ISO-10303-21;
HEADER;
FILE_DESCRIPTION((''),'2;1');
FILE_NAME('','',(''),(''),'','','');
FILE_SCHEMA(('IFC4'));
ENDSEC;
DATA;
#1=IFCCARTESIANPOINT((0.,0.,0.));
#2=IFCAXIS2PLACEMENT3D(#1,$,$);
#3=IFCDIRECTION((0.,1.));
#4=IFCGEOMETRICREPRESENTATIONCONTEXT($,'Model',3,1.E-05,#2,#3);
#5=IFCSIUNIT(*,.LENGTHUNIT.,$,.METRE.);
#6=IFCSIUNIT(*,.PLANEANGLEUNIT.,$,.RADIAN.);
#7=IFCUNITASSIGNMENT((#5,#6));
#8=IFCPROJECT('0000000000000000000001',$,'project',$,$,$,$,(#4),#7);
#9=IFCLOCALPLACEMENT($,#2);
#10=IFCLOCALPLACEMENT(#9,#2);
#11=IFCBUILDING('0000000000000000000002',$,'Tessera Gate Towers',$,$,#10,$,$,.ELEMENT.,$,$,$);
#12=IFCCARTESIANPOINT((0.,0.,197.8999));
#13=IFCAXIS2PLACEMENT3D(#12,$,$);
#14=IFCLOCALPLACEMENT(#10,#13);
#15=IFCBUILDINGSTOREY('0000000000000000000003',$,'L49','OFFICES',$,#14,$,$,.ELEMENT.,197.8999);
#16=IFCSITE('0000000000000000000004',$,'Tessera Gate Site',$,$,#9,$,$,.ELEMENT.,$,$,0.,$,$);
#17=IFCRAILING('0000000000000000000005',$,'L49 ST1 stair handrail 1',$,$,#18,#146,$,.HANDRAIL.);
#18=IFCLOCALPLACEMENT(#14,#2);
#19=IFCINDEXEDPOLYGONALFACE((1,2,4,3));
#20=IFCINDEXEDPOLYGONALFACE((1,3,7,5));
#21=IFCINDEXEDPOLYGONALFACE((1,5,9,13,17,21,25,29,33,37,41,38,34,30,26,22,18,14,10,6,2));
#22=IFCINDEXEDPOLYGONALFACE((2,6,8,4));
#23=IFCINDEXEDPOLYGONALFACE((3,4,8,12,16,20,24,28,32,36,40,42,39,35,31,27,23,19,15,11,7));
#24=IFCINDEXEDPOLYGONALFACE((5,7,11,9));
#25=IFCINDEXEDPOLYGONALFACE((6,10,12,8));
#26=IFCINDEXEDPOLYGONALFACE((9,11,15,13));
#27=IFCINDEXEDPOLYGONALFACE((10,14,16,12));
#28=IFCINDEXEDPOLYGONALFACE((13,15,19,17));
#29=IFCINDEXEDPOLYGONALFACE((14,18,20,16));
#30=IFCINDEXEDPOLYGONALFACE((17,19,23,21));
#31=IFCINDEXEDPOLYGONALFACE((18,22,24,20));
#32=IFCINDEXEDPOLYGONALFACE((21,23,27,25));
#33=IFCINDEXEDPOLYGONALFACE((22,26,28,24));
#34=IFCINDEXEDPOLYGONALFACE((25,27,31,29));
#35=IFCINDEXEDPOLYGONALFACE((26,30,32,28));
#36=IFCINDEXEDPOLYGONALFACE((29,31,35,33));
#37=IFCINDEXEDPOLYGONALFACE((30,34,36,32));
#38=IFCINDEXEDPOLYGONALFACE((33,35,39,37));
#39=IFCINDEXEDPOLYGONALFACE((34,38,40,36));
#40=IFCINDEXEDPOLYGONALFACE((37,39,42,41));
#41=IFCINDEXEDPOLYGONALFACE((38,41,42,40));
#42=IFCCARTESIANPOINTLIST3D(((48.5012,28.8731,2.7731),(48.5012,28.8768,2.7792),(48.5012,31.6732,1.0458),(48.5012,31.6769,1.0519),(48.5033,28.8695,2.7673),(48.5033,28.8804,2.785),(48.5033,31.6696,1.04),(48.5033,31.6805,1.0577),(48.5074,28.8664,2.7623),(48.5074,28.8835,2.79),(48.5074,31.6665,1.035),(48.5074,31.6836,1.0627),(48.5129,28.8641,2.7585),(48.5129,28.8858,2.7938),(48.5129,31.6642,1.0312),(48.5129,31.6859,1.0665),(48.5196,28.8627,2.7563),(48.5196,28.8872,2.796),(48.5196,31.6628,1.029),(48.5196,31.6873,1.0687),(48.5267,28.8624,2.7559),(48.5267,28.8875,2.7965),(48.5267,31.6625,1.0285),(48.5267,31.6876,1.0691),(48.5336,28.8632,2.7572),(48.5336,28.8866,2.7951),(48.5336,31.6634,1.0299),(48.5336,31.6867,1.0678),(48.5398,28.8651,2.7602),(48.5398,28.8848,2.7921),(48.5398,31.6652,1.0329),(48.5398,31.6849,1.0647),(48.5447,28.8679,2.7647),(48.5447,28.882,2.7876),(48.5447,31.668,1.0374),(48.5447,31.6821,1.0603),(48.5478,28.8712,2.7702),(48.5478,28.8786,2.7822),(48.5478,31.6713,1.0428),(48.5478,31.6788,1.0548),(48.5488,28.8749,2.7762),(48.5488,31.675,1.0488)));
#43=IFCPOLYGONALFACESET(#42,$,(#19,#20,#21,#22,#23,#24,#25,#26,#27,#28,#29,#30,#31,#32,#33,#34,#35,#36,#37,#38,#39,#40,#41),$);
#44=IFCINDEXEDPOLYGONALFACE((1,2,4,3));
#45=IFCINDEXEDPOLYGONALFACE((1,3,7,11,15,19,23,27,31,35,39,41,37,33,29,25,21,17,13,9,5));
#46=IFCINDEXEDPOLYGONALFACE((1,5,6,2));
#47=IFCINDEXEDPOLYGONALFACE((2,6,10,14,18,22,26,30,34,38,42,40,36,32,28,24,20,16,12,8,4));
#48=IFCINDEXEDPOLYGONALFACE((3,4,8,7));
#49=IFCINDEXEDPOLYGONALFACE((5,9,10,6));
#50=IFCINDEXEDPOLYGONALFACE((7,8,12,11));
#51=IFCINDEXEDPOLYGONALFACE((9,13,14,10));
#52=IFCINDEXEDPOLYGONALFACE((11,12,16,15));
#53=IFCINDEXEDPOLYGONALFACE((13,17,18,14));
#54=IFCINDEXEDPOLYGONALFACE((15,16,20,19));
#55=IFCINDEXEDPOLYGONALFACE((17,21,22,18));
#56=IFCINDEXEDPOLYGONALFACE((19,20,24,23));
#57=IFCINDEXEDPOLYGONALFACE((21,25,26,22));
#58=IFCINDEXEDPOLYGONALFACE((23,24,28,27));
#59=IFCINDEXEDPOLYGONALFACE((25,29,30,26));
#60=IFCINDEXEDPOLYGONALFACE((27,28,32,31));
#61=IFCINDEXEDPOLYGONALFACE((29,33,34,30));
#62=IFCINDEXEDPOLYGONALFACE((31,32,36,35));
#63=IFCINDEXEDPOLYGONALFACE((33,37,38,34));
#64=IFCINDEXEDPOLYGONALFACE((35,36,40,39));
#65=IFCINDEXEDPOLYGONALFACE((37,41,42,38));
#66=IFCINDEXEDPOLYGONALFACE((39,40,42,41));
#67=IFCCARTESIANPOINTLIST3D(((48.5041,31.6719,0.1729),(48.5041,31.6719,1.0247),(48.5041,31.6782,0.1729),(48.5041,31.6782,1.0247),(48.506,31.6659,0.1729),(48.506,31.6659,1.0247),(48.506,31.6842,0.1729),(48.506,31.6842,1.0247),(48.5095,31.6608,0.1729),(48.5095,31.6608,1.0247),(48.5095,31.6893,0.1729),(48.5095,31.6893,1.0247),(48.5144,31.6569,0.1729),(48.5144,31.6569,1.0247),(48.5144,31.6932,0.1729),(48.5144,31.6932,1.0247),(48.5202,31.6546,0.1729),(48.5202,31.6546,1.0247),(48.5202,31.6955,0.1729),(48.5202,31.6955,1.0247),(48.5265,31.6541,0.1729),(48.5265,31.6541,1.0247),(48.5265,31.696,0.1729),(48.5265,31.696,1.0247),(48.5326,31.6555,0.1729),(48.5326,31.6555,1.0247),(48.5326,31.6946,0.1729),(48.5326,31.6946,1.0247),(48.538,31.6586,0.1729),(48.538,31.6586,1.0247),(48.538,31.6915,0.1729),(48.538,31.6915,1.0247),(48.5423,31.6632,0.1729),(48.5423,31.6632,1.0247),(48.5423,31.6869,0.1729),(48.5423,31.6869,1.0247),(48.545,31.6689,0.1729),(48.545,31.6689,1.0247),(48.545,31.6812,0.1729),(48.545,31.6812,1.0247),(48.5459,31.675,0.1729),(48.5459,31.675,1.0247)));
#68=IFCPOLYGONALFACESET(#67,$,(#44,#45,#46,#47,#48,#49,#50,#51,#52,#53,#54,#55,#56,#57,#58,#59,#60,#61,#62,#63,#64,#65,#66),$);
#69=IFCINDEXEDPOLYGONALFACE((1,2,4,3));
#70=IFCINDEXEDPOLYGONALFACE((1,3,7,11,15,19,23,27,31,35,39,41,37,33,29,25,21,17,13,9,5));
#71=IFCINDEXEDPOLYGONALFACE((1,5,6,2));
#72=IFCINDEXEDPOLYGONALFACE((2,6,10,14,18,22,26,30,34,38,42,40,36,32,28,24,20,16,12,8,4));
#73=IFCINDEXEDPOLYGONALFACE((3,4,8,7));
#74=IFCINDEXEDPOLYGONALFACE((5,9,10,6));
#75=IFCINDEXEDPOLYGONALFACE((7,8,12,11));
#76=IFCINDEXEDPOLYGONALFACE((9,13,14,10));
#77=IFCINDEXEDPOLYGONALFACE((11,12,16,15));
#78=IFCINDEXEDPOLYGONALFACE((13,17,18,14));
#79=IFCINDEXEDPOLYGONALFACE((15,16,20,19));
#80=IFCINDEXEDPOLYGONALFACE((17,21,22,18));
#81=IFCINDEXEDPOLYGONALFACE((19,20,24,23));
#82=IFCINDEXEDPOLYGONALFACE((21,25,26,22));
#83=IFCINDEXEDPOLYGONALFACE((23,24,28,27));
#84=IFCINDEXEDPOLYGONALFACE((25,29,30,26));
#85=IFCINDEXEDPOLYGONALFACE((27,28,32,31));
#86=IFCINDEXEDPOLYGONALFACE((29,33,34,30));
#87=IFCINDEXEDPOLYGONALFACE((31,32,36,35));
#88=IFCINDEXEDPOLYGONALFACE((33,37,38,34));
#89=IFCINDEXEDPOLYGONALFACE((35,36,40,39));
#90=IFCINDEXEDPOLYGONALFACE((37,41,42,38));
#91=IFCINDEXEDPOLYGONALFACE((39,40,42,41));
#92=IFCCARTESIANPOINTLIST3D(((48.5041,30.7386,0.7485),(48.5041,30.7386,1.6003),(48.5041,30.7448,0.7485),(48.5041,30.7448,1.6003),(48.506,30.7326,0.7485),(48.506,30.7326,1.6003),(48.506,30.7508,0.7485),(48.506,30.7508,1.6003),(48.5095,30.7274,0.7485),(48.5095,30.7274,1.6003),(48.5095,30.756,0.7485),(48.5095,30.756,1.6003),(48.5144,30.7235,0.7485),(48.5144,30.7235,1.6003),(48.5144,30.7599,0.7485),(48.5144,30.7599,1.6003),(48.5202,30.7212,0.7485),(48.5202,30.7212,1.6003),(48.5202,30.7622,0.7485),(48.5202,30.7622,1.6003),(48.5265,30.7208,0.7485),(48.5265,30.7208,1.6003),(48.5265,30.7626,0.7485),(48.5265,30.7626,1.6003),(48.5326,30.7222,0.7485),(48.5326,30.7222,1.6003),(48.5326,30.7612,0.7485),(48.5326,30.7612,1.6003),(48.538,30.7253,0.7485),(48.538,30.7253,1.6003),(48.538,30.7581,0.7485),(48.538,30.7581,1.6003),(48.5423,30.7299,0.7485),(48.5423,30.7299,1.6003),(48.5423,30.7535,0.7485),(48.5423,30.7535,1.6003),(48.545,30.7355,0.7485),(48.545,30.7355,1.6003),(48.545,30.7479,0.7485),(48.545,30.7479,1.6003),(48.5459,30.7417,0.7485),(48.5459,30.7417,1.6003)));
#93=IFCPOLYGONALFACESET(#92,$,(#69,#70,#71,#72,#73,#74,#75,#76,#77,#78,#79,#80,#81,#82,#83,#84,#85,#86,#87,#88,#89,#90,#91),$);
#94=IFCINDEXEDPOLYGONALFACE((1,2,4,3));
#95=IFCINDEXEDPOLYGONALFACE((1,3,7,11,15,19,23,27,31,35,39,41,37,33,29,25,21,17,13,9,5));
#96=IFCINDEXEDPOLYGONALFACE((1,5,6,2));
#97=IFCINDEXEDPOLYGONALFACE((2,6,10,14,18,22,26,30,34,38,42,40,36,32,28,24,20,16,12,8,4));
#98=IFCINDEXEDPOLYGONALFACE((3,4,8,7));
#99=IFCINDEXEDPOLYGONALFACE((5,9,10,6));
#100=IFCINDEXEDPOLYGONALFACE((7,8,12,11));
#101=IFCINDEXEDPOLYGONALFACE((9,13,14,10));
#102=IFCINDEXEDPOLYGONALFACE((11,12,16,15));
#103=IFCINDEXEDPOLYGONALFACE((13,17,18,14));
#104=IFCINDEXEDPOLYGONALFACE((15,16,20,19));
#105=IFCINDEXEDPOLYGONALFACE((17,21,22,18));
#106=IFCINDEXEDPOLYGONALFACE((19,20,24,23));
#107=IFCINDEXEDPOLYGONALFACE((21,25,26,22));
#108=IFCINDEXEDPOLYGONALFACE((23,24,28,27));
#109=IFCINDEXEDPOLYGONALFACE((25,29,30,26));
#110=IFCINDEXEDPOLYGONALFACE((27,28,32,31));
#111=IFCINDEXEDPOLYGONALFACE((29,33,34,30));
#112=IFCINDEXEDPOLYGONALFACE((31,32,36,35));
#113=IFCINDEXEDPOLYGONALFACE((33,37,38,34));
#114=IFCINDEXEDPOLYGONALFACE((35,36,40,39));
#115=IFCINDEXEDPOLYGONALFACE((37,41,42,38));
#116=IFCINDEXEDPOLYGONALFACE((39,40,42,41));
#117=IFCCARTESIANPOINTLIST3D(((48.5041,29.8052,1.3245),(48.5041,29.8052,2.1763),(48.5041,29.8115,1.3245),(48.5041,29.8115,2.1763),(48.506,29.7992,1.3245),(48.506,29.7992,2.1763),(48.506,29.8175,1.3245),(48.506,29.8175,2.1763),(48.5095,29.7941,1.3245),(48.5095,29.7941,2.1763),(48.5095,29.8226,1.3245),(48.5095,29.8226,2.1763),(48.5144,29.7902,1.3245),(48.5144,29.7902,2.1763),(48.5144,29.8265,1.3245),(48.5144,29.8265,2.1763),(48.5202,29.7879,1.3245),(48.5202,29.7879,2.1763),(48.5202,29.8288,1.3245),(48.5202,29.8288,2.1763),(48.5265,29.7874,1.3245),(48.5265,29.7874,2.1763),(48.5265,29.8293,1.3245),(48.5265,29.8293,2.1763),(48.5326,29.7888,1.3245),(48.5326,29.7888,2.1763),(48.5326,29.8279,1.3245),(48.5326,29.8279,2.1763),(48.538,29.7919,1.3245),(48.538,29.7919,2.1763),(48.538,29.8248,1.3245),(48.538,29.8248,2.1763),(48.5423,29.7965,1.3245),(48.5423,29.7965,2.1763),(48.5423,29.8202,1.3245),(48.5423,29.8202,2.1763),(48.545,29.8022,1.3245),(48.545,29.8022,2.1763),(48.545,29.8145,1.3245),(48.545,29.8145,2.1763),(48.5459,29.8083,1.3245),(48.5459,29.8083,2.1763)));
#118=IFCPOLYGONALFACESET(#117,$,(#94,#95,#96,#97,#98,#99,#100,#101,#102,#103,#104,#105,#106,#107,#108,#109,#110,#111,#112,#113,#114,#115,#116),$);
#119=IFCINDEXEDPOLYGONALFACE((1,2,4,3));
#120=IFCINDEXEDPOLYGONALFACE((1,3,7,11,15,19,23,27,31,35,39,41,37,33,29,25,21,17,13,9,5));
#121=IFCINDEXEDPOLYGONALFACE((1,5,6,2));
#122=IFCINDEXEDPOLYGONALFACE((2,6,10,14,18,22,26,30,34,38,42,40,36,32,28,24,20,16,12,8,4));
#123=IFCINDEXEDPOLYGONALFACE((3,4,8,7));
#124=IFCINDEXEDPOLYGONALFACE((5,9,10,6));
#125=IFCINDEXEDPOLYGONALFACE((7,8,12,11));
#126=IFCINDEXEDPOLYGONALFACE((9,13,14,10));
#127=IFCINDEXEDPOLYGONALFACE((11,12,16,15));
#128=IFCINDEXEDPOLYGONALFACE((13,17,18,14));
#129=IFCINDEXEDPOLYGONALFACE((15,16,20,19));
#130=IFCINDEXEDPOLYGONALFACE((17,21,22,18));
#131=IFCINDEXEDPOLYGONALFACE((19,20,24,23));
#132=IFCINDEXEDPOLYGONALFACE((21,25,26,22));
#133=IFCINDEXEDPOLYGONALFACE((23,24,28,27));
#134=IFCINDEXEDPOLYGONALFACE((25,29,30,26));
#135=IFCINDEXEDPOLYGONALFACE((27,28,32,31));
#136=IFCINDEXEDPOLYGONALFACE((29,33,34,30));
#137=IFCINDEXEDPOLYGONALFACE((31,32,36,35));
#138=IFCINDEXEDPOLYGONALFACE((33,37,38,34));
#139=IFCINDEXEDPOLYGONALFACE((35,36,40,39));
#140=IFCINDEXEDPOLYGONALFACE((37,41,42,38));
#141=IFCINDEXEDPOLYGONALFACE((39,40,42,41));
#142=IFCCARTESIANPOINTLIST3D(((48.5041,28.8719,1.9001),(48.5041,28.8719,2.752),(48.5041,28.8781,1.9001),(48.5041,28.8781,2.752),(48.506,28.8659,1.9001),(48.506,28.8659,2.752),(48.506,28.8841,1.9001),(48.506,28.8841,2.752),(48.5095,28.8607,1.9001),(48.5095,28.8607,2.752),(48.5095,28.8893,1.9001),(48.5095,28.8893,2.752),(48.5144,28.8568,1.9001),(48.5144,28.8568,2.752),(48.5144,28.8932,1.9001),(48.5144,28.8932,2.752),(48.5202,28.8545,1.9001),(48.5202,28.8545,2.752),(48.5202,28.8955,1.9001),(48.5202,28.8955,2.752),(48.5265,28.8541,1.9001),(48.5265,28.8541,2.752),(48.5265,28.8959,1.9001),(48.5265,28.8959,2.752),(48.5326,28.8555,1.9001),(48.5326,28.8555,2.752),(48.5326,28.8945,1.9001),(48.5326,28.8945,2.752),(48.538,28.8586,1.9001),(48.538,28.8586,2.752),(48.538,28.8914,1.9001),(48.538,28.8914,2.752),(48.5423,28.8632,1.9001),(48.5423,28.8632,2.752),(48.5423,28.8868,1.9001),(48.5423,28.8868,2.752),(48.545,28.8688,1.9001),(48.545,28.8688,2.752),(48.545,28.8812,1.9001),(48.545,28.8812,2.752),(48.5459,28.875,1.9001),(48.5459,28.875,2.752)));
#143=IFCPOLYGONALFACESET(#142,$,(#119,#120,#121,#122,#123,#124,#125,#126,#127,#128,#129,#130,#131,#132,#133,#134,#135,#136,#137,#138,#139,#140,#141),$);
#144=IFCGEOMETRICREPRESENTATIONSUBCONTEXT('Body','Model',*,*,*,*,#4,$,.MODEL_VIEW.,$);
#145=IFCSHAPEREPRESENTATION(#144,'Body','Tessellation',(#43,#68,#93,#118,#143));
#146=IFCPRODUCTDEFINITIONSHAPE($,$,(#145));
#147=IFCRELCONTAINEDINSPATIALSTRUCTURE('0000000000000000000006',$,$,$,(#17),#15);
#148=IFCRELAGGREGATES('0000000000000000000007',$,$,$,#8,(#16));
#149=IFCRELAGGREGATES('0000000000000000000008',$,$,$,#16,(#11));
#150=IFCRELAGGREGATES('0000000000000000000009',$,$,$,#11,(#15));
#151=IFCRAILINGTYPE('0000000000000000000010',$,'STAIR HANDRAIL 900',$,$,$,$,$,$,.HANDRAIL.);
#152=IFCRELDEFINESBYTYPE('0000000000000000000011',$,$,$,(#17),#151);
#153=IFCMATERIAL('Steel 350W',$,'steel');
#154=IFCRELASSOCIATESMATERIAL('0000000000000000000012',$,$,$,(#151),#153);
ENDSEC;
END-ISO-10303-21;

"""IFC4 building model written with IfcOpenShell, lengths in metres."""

from ifc_helpers import new_model, si_unit, direction, frame, origin, origin_2d, place, context, subcontext, project, spatial, circle, extrude, material, type_object, element, save


model = new_model("IFC4")

# Units and contexts
model_context = context("Model", 3, precision=1e-05, world=origin(), true_north=direction((0.0, 1.0)))
body_context = subcontext(model_context, "Body", "Model", "MODEL_VIEW")
ifc_project = project(units=[si_unit("LENGTHUNIT", "METRE"), si_unit("PLANEANGLEUNIT", "RADIAN")], contexts=[model_context])

# Site, building, storey
site_placement = place(None, origin())
site = spatial("IfcSite", under=ifc_project, at=site_placement, Name="Tessera Gate Site", CompositionType="ELEMENT", RefElevation=0.0)
building_placement = place(site_placement, origin())
building = spatial("IfcBuilding", under=site, at=building_placement, Name="Tessera Gate Towers", CompositionType="ELEMENT")
storey_placement = place(building_placement, frame((0.0, 0.0, 197.8999)))
storey = spatial("IfcBuildingStorey", under=building, at=storey_placement, Name="L49", Description="OFFICES", CompositionType="ELEMENT", Elevation=197.8999)

# Railing
ifc_material_1 = material(Name="Steel 350W", Category="steel")
railing_type_1 = type_object("IfcRailingType", Name="STAIR HANDRAIL 900", PredefinedType="HANDRAIL", material=ifc_material_1)
railing_1_placement = place(storey_placement, frame((48.5249, 31.675, 0.1729)))
element("IfcRailing", 1, at=railing_1_placement, inside=storey, type_object=railing_type_1, Name="L49 ST1 stair handrail 1", PredefinedType="HANDRAIL", context=body_context, shape_type="SweptSolid", body=[
    extrude(circle(Radius=0.0239, at=origin_2d()), frame((0.0, 0.0, 0.876), z_axis=(0.0, -0.85109, 0.52502), x_axis=(1.0, 0.0, 0.0)), (0.0, 0.0, 1.0), 3.29),
    extrude(circle(Radius=0.021, at=origin_2d()), origin(), (0.0, 0.0, 1.0), 0.8518),
    extrude(circle(Radius=0.021, at=origin_2d()), frame((0.0, -0.9333, 0.5757)), (0.0, 0.0, 1.0), 0.8518),
    extrude(circle(Radius=0.021, at=origin_2d()), frame((0.0, -1.8667, 1.1516)), (0.0, 0.0, 1.0), 0.8518),
    extrude(circle(Radius=0.021, at=origin_2d()), frame((0.0, -2.8, 1.7273)), (0.0, 0.0, 1.0), 0.8518),
])

save(model, "model.ifc")
